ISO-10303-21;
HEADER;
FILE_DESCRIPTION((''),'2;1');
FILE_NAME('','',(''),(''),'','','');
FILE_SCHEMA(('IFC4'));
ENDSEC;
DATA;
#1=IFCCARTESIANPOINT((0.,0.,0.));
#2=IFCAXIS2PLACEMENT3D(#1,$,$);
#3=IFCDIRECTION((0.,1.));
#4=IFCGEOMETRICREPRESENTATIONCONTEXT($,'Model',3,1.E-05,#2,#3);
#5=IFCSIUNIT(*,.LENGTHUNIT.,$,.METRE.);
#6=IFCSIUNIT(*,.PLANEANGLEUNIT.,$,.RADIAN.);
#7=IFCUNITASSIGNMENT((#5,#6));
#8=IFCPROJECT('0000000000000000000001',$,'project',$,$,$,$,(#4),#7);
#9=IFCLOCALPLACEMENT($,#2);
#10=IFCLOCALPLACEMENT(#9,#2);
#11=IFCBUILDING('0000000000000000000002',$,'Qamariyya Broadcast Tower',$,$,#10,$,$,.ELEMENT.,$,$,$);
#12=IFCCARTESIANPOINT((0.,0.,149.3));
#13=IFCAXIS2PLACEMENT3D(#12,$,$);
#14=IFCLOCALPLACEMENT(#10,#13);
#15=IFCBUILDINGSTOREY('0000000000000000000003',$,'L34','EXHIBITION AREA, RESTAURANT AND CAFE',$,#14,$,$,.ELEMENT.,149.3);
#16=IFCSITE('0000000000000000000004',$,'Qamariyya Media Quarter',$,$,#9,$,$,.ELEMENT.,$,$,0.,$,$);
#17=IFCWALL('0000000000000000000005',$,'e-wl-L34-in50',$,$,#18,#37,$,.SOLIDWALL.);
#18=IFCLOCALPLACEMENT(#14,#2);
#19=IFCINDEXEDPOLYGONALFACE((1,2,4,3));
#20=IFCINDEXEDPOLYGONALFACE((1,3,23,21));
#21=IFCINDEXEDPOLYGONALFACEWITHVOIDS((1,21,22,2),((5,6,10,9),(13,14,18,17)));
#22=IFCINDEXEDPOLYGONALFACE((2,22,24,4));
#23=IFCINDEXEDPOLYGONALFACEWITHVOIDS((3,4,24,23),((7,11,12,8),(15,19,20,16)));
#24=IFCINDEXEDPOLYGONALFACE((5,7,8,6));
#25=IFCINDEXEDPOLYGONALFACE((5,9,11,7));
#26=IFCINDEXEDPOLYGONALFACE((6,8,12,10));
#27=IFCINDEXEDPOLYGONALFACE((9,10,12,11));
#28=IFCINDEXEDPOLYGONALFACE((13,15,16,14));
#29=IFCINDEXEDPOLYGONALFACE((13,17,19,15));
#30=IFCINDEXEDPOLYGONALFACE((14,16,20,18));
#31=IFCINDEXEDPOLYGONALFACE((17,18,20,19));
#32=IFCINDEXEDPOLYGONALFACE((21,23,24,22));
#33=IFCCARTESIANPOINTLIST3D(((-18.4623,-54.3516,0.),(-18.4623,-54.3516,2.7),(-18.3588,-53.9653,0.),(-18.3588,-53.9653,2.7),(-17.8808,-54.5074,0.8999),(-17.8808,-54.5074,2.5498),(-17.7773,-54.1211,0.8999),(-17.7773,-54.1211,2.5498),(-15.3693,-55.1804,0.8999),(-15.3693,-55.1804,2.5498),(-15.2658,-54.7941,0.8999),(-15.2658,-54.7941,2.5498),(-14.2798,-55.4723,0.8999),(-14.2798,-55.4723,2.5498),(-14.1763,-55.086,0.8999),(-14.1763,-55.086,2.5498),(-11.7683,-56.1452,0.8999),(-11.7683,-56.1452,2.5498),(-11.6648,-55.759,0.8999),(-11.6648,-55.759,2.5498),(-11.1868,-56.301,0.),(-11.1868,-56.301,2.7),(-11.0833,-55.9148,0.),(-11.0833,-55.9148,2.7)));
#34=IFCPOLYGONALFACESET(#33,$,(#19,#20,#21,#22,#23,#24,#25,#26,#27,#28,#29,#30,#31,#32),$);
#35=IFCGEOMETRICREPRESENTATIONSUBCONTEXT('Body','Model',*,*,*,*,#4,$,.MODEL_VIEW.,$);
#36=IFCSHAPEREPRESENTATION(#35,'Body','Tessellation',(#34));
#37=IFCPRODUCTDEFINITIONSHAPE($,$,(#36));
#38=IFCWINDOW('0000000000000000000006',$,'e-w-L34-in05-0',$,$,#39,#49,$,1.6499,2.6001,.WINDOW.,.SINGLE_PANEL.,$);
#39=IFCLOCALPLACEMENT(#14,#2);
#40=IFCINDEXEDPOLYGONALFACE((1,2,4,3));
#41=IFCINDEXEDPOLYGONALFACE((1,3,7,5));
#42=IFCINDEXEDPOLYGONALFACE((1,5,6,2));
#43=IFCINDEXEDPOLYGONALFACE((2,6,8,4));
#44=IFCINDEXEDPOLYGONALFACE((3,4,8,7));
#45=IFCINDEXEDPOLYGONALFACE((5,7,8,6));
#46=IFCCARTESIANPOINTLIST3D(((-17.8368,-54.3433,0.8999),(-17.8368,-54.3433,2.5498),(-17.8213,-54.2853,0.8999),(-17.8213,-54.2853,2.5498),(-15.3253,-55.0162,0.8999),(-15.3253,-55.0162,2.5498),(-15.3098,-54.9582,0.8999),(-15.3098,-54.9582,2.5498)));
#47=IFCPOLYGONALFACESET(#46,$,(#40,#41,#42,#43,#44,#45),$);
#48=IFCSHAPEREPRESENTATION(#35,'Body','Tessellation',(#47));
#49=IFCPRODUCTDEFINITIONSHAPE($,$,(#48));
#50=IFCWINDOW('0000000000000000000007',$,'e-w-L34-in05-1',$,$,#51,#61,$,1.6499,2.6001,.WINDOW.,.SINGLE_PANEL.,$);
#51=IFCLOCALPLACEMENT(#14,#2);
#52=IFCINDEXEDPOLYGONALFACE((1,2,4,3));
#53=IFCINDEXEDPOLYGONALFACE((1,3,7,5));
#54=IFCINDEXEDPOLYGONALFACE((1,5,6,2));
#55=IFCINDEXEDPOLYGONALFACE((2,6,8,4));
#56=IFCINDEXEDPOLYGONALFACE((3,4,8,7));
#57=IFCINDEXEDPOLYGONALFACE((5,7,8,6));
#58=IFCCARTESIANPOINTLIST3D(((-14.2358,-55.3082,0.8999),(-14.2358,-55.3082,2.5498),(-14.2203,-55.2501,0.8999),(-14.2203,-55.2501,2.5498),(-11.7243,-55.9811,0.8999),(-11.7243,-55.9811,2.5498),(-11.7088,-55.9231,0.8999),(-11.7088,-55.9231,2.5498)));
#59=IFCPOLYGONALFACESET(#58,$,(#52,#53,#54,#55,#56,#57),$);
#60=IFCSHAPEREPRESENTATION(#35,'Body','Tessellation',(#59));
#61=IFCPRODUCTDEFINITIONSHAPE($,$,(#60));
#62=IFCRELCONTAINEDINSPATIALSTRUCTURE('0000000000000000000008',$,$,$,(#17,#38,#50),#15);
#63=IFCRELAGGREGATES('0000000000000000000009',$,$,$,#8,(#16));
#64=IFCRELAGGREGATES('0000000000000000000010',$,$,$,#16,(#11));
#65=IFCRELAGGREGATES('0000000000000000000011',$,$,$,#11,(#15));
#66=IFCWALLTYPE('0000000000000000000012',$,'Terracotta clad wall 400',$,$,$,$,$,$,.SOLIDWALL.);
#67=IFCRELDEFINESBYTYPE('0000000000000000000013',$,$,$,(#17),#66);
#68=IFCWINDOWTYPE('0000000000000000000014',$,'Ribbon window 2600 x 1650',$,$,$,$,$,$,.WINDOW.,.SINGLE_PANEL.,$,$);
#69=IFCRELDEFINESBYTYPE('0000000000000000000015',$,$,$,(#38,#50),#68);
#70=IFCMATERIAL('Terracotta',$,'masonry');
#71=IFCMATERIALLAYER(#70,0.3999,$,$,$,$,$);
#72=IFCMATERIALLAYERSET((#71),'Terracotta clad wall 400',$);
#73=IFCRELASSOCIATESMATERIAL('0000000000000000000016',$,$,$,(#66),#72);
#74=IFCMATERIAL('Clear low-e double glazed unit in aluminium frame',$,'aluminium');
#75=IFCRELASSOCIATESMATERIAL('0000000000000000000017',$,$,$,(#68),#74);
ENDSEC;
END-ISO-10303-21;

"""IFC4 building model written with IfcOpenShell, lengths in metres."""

from ifc_helpers import new_model, si_unit, direction, frame, frame_2d, origin, place, context, subcontext, project, spatial, rectangle, extrude, material, layer, layer_set, type_object, element, fill, save


model = new_model("IFC4")

# Units and contexts
model_context = context("Model", 3, precision=1e-05, world=origin(), true_north=direction((0.0, 1.0)))
body_context = subcontext(model_context, "Body", "Model", "MODEL_VIEW")
ifc_project = project(units=[si_unit("LENGTHUNIT", "METRE"), si_unit("PLANEANGLEUNIT", "RADIAN")], contexts=[model_context])

# Site, building, storey
site_placement = place(None, origin())
site = spatial("IfcSite", under=ifc_project, at=site_placement, Name="Qamariyya Media Quarter", CompositionType="ELEMENT", RefElevation=0.0)
building_placement = place(site_placement, origin())
building = spatial("IfcBuilding", under=site, at=building_placement, Name="Qamariyya Broadcast Tower", CompositionType="ELEMENT")
storey_placement = place(building_placement, frame((0.0, 0.0, 149.3)))
storey = spatial("IfcBuildingStorey", under=building, at=storey_placement, Name="L34", Description="EXHIBITION AREA, RESTAURANT AND CAFE", CompositionType="ELEMENT", Elevation=149.3)

# Wall, openings, windows
ifc_material_1 = material(Name="Terracotta", Category="masonry")
ifc_layer_1 = layer(ifc_material_1, 0.3999)
ifc_layer_set_1 = layer_set([ifc_layer_1], Name="Terracotta clad wall 400")
wall_type_1 = type_object("IfcWallType", Name="Terracotta clad wall 400", PredefinedType="SOLIDWALL", material=ifc_layer_set_1)
wall_1_placement = place(storey_placement, frame((-11.135, -56.1079, 0.0), z_axis=(0.0, 0.0, 1.0), x_axis=(-0.965927, 0.258814, 0.0)))
wall_1 = element("IfcWall", 1, at=wall_1_placement, inside=storey, type_object=wall_type_1, Name="e-wl-L34-in50", PredefinedType="SOLIDWALL", context=body_context, shape_type="SweptSolid", body=[
    extrude(rectangle(XDim=7.5322, YDim=0.3999, at=frame_2d((3.7661, 0.0))), origin(), (0.0, 0.0, 1.0), 2.7),
])
opening_1_placement = place(wall_1_placement, frame((4.3301, 0.0, 0.8999)))
opening_1 = element("IfcOpeningElement", 2, at=opening_1_placement, cuts=wall_1, PredefinedType="OPENING", context=body_context, shape_type="SweptSolid", body=[
    extrude(rectangle(XDim=2.6001, YDim=1.6499, at=frame_2d((1.3, 0.825))), frame((0.0, 0.21, 0.0), z_axis=(0.0, -1.0, 0.0), x_axis=(1.0, 0.0, 0.0)), (0.0, 0.0, 1.0), 0.4199),
])
opening_2_placement = place(wall_1_placement, frame((0.6021, 0.0, 0.8999)))
opening_2 = element("IfcOpeningElement", 3, at=opening_2_placement, cuts=wall_1, PredefinedType="OPENING", context=body_context, shape_type="SweptSolid", body=[
    extrude(rectangle(XDim=2.6001, YDim=1.6499, at=frame_2d((1.3, 0.825))), frame((0.0, 0.21, 0.0), z_axis=(0.0, -1.0, 0.0), x_axis=(1.0, 0.0, 0.0)), (0.0, 0.0, 1.0), 0.4199),
])
ifc_material_2 = material(Name="Clear low-e double glazed unit in aluminium frame", Category="aluminium")
window_type = type_object("IfcWindowType", Name="Ribbon window 2600 x 1650", PartitioningType="SINGLE_PANEL", PredefinedType="WINDOW", material=ifc_material_2)
window_1_placement = place(opening_1_placement, origin())
window_1 = element("IfcWindow", 4, at=window_1_placement, inside=storey, type_object=window_type, Name="e-w-L34-in05-0", OverallHeight=1.6499, OverallWidth=2.6001, PartitioningType="SINGLE_PANEL", PredefinedType="WINDOW", context=body_context, shape_type="SweptSolid", body=[
    extrude(rectangle(XDim=2.6001, YDim=1.6499, at=frame_2d((1.3, 0.825))), frame((0.0, 0.03, 0.0), z_axis=(0.0, -1.0, 0.0), x_axis=(1.0, 0.0, 0.0)), (0.0, 0.0, 1.0), 0.0601),
])
fill(opening_1, window_1)
window_2_placement = place(opening_2_placement, origin())
window_2 = element("IfcWindow", 5, at=window_2_placement, inside=storey, type_object=window_type, Name="e-w-L34-in05-1", OverallHeight=1.6499, OverallWidth=2.6001, PartitioningType="SINGLE_PANEL", PredefinedType="WINDOW", context=body_context, shape_type="SweptSolid", body=[
    extrude(rectangle(XDim=2.6001, YDim=1.6499, at=frame_2d((1.3, 0.825))), frame((0.0, 0.03, 0.0), z_axis=(0.0, -1.0, 0.0), x_axis=(1.0, 0.0, 0.0)), (0.0, 0.0, 1.0), 0.0601),
])
fill(opening_2, window_2)

save(model, "model.ifc")
